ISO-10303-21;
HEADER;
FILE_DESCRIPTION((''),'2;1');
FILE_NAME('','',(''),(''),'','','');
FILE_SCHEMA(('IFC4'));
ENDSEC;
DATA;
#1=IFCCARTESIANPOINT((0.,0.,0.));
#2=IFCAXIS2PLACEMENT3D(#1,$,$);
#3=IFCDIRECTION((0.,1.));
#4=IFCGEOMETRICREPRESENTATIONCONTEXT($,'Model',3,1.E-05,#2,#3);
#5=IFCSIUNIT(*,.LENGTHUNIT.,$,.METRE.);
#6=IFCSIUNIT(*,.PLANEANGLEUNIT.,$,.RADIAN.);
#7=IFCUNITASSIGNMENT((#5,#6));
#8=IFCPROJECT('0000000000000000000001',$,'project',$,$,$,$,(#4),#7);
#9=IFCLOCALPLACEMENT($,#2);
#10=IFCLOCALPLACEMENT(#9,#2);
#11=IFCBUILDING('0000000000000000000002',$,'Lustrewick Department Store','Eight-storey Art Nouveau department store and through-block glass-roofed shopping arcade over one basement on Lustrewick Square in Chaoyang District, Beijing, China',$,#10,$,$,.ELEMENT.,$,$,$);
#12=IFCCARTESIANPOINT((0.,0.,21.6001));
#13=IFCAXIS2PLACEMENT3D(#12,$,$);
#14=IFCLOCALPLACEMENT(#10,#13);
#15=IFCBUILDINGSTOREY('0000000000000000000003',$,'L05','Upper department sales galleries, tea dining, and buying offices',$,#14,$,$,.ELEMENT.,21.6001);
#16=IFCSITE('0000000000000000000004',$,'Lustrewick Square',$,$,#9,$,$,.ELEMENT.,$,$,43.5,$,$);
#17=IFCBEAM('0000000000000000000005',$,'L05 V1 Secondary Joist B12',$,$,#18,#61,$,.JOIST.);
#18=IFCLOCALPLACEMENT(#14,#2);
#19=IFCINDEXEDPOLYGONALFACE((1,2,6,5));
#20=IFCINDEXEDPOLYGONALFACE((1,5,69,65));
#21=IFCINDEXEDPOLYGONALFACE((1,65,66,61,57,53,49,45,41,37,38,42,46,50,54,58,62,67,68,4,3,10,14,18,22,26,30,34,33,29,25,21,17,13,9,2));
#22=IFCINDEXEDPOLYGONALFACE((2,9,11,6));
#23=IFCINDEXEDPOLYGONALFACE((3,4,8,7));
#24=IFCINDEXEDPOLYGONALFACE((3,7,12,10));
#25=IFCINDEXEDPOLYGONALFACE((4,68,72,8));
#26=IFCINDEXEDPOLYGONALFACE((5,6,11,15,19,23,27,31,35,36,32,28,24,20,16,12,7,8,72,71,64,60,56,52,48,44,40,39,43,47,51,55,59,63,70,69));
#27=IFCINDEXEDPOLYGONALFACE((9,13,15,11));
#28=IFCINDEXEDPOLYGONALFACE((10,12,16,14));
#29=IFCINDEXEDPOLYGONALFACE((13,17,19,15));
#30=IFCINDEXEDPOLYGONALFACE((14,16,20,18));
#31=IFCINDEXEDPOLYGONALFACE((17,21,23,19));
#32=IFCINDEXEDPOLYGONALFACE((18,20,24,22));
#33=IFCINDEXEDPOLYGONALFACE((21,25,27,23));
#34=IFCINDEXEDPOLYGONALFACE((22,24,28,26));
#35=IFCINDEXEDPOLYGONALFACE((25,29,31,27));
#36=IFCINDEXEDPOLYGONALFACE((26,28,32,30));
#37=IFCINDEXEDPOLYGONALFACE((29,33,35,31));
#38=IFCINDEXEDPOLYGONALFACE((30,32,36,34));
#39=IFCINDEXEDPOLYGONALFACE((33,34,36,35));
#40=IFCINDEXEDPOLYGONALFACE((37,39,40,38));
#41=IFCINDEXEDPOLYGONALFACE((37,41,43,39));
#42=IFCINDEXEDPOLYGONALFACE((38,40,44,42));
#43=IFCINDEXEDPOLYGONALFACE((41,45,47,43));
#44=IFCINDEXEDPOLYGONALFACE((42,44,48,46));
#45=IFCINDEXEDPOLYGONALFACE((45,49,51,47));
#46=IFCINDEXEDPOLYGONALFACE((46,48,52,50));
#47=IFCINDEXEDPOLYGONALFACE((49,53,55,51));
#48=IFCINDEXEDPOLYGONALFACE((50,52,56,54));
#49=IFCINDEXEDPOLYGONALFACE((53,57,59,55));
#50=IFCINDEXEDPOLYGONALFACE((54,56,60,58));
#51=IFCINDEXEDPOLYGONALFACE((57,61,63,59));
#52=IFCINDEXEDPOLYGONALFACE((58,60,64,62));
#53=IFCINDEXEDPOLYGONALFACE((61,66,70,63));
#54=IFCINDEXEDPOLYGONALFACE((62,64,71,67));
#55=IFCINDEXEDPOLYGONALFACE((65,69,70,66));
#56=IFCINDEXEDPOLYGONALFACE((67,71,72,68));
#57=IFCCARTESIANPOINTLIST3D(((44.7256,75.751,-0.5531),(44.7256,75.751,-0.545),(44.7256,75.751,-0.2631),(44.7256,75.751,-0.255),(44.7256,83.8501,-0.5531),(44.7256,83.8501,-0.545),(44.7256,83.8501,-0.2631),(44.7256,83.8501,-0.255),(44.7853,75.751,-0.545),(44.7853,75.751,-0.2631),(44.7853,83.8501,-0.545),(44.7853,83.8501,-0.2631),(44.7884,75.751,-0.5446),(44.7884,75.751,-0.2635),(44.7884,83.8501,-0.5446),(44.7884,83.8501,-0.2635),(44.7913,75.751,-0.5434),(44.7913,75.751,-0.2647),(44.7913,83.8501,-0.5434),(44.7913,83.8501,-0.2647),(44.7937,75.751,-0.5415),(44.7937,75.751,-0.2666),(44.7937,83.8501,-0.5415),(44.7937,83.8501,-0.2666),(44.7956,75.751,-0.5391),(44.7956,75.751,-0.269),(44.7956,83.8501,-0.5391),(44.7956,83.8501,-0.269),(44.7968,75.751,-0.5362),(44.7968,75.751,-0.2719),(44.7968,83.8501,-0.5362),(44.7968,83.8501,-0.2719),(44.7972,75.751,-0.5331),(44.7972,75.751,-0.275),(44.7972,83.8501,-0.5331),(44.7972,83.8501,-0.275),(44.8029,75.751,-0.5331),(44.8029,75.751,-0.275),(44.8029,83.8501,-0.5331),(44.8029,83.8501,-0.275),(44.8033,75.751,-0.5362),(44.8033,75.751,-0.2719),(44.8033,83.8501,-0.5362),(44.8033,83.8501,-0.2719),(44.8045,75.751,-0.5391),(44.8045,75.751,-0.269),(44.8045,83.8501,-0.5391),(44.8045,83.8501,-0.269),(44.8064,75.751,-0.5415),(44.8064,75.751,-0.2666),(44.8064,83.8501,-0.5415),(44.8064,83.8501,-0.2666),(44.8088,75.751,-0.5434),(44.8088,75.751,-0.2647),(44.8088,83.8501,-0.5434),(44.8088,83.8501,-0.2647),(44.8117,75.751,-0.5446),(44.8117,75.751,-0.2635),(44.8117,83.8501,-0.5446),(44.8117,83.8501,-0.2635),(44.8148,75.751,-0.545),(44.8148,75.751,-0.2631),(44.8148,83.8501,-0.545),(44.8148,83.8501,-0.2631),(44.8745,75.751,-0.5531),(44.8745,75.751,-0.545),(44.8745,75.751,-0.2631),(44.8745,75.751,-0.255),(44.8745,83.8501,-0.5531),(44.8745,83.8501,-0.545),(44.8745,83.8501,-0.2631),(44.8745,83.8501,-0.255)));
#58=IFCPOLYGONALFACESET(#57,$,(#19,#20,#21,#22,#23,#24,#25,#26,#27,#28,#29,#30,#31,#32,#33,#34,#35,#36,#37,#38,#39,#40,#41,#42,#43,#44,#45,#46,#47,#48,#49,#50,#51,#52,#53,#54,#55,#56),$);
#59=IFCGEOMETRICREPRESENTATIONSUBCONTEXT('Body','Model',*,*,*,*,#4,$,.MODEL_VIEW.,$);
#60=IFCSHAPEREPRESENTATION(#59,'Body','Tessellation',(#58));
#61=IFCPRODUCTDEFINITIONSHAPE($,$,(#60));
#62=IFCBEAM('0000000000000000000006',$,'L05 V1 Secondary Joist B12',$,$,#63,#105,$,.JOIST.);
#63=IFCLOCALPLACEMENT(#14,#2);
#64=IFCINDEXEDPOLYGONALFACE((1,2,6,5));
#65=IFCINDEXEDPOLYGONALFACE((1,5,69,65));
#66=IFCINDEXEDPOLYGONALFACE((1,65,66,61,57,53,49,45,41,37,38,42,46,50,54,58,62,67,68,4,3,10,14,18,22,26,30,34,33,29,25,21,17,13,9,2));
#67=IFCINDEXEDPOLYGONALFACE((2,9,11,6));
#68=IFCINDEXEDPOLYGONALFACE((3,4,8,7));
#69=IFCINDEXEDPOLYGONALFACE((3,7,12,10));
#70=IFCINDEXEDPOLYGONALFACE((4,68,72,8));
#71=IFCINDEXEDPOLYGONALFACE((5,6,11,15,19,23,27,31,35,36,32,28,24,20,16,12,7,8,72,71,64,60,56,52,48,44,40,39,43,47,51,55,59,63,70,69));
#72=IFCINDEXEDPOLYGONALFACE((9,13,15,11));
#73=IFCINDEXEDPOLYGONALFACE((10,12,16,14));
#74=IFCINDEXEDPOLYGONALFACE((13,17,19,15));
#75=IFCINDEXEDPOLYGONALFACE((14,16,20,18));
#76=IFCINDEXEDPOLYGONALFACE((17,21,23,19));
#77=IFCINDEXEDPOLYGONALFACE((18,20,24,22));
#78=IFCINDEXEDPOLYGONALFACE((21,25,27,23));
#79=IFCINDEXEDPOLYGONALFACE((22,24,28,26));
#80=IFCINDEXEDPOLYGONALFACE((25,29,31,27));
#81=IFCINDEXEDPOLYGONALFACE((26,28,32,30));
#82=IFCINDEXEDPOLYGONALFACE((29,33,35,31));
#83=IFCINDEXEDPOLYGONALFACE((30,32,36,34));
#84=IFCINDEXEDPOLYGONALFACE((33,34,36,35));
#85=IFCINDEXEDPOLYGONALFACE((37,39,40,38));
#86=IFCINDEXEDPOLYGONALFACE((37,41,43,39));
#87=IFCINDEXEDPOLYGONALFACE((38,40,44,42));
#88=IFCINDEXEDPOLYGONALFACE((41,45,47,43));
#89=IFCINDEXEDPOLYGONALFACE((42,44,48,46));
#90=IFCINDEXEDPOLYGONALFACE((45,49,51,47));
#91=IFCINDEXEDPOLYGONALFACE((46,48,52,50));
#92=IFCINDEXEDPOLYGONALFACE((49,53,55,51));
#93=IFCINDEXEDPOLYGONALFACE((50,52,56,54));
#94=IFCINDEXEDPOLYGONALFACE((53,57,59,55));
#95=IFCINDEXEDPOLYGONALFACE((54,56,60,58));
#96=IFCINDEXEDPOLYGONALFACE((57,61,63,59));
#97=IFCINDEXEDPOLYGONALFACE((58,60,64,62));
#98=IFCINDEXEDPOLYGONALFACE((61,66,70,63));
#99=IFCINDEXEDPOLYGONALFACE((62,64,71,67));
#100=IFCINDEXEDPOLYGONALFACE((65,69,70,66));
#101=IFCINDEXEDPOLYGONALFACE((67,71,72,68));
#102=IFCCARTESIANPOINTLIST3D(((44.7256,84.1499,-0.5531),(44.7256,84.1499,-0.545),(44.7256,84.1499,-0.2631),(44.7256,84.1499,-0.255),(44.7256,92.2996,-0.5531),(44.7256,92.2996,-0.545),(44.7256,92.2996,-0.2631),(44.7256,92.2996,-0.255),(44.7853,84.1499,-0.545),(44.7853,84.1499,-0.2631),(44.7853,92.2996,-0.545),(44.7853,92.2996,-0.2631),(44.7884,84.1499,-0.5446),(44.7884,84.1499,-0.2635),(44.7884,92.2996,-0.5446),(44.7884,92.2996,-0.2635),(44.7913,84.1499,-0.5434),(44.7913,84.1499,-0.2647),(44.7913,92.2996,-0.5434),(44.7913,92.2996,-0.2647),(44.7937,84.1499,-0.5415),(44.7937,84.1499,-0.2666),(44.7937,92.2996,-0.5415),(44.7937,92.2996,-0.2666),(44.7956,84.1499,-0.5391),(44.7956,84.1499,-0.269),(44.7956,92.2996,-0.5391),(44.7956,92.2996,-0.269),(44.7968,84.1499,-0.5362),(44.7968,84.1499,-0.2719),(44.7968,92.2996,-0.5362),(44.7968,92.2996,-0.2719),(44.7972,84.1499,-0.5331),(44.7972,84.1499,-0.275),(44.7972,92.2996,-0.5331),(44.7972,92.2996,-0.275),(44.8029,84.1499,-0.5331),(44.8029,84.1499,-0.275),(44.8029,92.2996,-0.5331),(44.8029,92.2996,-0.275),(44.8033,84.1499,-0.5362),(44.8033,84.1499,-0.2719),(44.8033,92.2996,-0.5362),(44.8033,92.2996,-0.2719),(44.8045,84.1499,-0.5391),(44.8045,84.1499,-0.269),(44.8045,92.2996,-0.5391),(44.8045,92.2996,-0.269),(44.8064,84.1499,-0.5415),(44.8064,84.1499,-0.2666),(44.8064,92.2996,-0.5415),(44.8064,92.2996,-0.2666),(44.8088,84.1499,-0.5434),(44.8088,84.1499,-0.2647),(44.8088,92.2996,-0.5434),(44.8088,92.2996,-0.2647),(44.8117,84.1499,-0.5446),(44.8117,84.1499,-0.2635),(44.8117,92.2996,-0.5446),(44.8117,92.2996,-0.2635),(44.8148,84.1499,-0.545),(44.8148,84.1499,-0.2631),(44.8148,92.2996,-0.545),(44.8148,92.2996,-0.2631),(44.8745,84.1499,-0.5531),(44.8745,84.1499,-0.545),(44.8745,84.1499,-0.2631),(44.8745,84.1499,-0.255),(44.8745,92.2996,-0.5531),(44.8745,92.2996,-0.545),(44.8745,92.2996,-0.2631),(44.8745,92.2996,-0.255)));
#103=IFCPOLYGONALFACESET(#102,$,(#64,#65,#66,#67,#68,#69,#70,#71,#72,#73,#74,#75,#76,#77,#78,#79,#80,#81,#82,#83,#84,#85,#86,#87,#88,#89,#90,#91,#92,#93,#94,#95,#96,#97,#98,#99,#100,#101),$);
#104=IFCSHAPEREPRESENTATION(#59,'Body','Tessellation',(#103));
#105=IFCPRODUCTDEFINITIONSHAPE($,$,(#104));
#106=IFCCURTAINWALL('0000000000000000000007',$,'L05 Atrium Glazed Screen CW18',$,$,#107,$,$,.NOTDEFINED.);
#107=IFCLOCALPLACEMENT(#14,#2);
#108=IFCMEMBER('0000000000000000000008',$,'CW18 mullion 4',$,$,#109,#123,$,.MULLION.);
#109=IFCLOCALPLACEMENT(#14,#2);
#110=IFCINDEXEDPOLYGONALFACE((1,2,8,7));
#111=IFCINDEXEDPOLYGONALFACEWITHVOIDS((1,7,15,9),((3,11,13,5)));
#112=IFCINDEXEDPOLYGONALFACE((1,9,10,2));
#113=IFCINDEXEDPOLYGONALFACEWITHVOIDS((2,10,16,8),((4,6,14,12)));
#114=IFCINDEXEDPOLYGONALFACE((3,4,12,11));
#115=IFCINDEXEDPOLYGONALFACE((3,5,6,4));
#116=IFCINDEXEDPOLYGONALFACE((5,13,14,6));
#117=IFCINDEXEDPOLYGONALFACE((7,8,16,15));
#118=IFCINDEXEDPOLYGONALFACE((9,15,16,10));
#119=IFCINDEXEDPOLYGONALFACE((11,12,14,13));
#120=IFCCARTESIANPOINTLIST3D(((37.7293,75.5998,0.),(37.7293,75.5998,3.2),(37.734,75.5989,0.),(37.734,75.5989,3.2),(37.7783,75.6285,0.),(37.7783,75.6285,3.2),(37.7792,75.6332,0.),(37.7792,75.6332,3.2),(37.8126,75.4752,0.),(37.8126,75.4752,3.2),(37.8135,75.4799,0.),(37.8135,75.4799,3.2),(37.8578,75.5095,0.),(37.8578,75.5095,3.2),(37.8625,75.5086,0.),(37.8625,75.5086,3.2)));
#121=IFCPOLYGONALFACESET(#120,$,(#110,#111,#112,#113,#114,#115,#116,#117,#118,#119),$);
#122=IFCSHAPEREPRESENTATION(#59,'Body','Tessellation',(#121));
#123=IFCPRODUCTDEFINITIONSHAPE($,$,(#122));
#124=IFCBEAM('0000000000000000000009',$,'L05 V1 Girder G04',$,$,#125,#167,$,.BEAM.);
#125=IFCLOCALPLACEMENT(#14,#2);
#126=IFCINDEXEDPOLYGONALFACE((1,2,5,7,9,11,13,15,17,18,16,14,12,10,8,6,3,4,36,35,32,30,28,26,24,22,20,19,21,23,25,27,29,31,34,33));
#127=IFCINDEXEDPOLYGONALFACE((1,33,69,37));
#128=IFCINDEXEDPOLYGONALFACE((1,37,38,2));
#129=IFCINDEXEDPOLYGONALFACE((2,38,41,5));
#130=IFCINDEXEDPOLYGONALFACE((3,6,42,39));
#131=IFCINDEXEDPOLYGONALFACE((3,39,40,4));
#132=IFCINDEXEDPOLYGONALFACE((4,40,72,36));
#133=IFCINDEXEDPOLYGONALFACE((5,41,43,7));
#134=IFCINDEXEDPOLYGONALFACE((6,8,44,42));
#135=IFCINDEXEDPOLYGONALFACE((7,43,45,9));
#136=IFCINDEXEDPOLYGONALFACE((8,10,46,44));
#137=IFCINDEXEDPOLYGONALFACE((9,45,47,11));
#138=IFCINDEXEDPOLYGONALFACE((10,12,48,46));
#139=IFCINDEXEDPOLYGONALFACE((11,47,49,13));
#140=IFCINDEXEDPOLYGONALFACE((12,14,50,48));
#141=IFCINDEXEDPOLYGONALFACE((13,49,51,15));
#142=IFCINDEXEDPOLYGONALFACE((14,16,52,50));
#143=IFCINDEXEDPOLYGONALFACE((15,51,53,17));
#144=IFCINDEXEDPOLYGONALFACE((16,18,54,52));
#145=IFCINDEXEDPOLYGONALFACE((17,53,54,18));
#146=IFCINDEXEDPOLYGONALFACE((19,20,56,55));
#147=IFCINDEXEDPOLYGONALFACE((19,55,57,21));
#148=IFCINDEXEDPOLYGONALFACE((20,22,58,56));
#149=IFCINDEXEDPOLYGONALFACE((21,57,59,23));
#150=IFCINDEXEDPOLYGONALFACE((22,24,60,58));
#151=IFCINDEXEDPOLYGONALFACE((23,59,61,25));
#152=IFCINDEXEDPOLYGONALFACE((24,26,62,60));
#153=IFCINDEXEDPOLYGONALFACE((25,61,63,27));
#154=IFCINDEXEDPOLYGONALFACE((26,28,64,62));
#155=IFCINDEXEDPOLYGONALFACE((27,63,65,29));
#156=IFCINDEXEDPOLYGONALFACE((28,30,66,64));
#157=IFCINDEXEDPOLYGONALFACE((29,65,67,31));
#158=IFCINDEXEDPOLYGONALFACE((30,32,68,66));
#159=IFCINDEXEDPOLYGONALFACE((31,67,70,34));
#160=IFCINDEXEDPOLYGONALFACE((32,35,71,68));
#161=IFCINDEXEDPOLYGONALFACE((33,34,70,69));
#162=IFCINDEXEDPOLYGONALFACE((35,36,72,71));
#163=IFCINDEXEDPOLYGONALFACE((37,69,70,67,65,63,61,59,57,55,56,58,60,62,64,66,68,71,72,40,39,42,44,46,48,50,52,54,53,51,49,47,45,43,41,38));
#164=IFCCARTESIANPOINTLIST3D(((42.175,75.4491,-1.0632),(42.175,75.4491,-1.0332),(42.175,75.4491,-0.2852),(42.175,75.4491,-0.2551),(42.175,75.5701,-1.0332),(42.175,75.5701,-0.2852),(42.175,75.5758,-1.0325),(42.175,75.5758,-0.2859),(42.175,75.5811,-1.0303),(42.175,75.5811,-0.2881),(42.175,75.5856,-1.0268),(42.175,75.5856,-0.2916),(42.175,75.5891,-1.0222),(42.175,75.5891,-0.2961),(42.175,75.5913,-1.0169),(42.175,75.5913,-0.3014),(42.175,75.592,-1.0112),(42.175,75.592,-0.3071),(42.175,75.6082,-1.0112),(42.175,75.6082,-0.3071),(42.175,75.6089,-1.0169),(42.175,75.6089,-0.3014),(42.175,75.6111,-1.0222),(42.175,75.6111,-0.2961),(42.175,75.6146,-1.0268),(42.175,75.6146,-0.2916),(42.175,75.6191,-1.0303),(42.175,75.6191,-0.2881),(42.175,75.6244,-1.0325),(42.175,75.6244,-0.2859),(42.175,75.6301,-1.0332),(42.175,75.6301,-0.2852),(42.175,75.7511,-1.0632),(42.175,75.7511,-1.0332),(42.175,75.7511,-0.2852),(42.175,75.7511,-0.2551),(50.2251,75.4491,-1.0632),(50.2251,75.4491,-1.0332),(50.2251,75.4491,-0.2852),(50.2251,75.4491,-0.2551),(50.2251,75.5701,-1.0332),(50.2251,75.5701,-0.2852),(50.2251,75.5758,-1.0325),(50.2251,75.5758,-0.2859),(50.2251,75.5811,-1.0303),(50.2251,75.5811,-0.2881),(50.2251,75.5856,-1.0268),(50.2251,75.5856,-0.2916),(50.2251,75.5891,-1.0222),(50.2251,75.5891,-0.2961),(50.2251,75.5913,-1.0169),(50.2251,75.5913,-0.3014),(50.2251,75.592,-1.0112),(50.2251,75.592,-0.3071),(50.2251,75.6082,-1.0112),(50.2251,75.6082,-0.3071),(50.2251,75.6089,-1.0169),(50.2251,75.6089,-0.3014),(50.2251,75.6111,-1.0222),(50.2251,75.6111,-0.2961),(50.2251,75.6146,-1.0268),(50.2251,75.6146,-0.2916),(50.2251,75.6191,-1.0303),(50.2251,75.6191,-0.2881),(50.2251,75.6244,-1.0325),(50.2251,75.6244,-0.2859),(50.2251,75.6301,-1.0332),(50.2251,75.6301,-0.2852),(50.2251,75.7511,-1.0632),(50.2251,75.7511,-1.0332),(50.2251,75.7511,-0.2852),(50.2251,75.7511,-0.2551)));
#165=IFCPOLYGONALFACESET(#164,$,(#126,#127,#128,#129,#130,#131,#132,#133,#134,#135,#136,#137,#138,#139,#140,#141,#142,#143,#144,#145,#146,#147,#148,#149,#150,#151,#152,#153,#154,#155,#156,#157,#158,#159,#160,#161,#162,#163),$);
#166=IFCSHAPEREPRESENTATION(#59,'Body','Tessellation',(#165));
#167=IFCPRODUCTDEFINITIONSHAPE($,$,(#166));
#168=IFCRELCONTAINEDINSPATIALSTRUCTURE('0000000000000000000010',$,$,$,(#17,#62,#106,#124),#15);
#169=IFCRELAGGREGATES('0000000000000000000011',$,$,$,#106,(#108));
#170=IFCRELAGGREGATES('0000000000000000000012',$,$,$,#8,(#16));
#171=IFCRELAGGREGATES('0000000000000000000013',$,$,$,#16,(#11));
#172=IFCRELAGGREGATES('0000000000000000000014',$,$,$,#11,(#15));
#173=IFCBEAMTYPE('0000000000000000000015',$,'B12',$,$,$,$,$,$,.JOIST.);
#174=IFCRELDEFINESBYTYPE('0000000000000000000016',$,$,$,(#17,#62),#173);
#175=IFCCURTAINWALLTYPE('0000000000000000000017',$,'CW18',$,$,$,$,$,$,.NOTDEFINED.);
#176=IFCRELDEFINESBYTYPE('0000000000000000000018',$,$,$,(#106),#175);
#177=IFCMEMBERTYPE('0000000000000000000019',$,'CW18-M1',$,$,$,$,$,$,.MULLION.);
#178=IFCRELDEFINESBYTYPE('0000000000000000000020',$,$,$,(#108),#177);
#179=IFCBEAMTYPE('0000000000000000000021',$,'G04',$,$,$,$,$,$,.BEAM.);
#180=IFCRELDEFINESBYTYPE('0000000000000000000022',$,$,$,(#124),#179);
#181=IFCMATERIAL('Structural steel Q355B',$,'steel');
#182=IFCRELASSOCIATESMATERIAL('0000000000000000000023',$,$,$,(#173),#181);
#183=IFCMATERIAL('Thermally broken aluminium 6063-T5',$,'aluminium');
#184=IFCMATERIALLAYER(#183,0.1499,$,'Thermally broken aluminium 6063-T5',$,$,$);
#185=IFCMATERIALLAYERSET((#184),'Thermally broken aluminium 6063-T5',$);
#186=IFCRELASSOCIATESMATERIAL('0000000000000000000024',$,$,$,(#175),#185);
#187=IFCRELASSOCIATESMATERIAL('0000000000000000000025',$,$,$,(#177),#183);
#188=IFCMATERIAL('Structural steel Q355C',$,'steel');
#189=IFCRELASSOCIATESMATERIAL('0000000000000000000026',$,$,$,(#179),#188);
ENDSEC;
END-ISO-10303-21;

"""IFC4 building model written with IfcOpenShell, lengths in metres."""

from ifc_helpers import new_model, si_unit, direction, frame, origin, origin_2d, place, context, subcontext, project, spatial, hollow_rectangle, i_section, extrude, material, layer, layer_set, material_profile, profile_set, type_object, element, aggregate, save


model = new_model("IFC4")

# Units and contexts
model_context = context("Model", 3, precision=1e-05, world=origin(), true_north=direction((0.0, 1.0)))
body_context = subcontext(model_context, "Body", "Model", "MODEL_VIEW")
ifc_project = project(units=[si_unit("LENGTHUNIT", "METRE"), si_unit("PLANEANGLEUNIT", "RADIAN")], contexts=[model_context])

# Site, building, storey
site_placement = place(None, origin())
site = spatial("IfcSite", under=ifc_project, at=site_placement, Name="Lustrewick Square", CompositionType="ELEMENT", RefElevation=43.5)
building_placement = place(site_placement, origin())
building = spatial("IfcBuilding", under=site, at=building_placement, Name="Lustrewick Department Store", Description="Eight-storey Art Nouveau department store and through-block glass-roofed shopping arcade over one basement on Lustrewick Square in Chaoyang District, Beijing, China", CompositionType="ELEMENT")
storey_placement = place(building_placement, frame((0.0, 0.0, 21.6001)))
storey = spatial("IfcBuildingStorey", under=building, at=storey_placement, Name="L05", Description="Upper department sales galleries, tea dining, and buying offices", CompositionType="ELEMENT", Elevation=21.6001)

# Shared definitions
ifc_material_1 = material(Name="Structural steel Q355B", Category="steel")

# Beams
ifc_material_profile_1 = material_profile(ifc_material_1, i_section(OverallWidth=0.1489, OverallDepth=0.2981, WebThickness=0.0056, FlangeThickness=0.0081, FilletRadius=0.012, at=origin_2d()), Name="HN 298x149x5.5x8")
ifc_profile_set_1 = profile_set([ifc_material_profile_1], Name="Structural steel Q355B")
beam_type_1 = type_object("IfcBeamType", Name="B12", PredefinedType="JOIST", material=ifc_profile_set_1)
beam_1_placement = place(storey_placement, frame((44.8, 75.751, -0.4041), z_axis=(0.0, 1.0, 0.0), x_axis=(-1.0, 0.0, 0.0)))
element("IfcBeam", 1, at=beam_1_placement, inside=storey, type_object=beam_type_1, Name="L05 V1 Secondary Joist B12", PredefinedType="JOIST", context=body_context, shape_type="SweptSolid", body=[
    extrude(i_section(OverallWidth=0.1489, OverallDepth=0.2981, WebThickness=0.0056, FlangeThickness=0.0081, FilletRadius=0.012, at=origin_2d()), origin(), (0.0, 0.0, 1.0), 8.0991),
])
beam_2_placement = place(storey_placement, frame((44.8, 84.1499, -0.4041), z_axis=(0.0, 1.0, 0.0), x_axis=(-1.0, 0.0, 0.0)))
element("IfcBeam", 2, at=beam_2_placement, inside=storey, type_object=beam_type_1, Name="L05 V1 Secondary Joist B12", PredefinedType="JOIST", context=body_context, shape_type="SweptSolid", body=[
    extrude(i_section(OverallWidth=0.1489, OverallDepth=0.2981, WebThickness=0.0056, FlangeThickness=0.0081, FilletRadius=0.012, at=origin_2d()), origin(), (0.0, 0.0, 1.0), 8.1497),
])

# Curtain wall, member
ifc_material_2 = material(Name="Thermally broken aluminium 6063-T5", Category="aluminium")
ifc_layer_1 = layer(ifc_material_2, 0.1499, Name="Thermally broken aluminium 6063-T5")
ifc_layer_set_1 = layer_set([ifc_layer_1], Name="Thermally broken aluminium 6063-T5")
curtain_wall_type = type_object("IfcCurtainWallType", Name="CW18", PredefinedType="NOTDEFINED", material=ifc_layer_set_1)
curtain_wall_placement = place(storey_placement, origin())
curtain_wall = element("IfcCurtainWall", 3, at=curtain_wall_placement, inside=storey, type_object=curtain_wall_type, Name="L05 Atrium Glazed Screen CW18", PredefinedType="NOTDEFINED")
ifc_material_profile_2 = material_profile(ifc_material_2, hollow_rectangle(XDim=0.0601, YDim=0.1499, WallThickness=0.0034, at=origin_2d()), Name="ALU-M 60x150x3.5")
ifc_profile_set_2 = profile_set([ifc_material_profile_2], Name="Thermally broken aluminium 6063-T5")
member_type = type_object("IfcMemberType", Name="CW18-M1", PredefinedType="MULLION", material=ifc_profile_set_2)
member_placement = place(storey_placement, frame((37.7959, 75.5542, 0.0), z_axis=(0.0, 0.0, 1.0), x_axis=(-0.831464, -0.555578, 0.0)))
member = element("IfcMember", 4, at=member_placement, type_object=member_type, Name="CW18 mullion 4", PredefinedType="MULLION", context=body_context, shape_type="SweptSolid", body=[
    extrude(hollow_rectangle(XDim=0.0601, YDim=0.1499, WallThickness=0.0034, at=origin_2d()), origin(), (0.0, 0.0, 1.0), 3.2),
])

# Beam
ifc_material_3 = material(Name="Structural steel Q355C", Category="steel")
ifc_material_profile_3 = material_profile(ifc_material_3, i_section(OverallWidth=0.302, OverallDepth=0.8081, WebThickness=0.0161, FlangeThickness=0.03, FilletRadius=0.022, at=origin_2d()), Name="HN 808x302x16x30")
ifc_profile_set_3 = profile_set([ifc_material_profile_3], Name="Structural steel Q355C")
beam_type_2 = type_object("IfcBeamType", Name="G04", PredefinedType="BEAM", material=ifc_profile_set_3)
beam_3_placement = place(storey_placement, frame((42.175, 75.6001, -0.6592), z_axis=(1.0, 0.0, 0.0), x_axis=(0.0, 1.0, 0.0)))
element("IfcBeam", 5, at=beam_3_placement, inside=storey, type_object=beam_type_2, Name="L05 V1 Girder G04", PredefinedType="BEAM", context=body_context, shape_type="SweptSolid", body=[
    extrude(i_section(OverallWidth=0.302, OverallDepth=0.8081, WebThickness=0.0161, FlangeThickness=0.03, FilletRadius=0.022, at=origin_2d()), origin(), (0.0, 0.0, 1.0), 8.05),
])

aggregate(curtain_wall, [member])

save(model, "model.ifc")
